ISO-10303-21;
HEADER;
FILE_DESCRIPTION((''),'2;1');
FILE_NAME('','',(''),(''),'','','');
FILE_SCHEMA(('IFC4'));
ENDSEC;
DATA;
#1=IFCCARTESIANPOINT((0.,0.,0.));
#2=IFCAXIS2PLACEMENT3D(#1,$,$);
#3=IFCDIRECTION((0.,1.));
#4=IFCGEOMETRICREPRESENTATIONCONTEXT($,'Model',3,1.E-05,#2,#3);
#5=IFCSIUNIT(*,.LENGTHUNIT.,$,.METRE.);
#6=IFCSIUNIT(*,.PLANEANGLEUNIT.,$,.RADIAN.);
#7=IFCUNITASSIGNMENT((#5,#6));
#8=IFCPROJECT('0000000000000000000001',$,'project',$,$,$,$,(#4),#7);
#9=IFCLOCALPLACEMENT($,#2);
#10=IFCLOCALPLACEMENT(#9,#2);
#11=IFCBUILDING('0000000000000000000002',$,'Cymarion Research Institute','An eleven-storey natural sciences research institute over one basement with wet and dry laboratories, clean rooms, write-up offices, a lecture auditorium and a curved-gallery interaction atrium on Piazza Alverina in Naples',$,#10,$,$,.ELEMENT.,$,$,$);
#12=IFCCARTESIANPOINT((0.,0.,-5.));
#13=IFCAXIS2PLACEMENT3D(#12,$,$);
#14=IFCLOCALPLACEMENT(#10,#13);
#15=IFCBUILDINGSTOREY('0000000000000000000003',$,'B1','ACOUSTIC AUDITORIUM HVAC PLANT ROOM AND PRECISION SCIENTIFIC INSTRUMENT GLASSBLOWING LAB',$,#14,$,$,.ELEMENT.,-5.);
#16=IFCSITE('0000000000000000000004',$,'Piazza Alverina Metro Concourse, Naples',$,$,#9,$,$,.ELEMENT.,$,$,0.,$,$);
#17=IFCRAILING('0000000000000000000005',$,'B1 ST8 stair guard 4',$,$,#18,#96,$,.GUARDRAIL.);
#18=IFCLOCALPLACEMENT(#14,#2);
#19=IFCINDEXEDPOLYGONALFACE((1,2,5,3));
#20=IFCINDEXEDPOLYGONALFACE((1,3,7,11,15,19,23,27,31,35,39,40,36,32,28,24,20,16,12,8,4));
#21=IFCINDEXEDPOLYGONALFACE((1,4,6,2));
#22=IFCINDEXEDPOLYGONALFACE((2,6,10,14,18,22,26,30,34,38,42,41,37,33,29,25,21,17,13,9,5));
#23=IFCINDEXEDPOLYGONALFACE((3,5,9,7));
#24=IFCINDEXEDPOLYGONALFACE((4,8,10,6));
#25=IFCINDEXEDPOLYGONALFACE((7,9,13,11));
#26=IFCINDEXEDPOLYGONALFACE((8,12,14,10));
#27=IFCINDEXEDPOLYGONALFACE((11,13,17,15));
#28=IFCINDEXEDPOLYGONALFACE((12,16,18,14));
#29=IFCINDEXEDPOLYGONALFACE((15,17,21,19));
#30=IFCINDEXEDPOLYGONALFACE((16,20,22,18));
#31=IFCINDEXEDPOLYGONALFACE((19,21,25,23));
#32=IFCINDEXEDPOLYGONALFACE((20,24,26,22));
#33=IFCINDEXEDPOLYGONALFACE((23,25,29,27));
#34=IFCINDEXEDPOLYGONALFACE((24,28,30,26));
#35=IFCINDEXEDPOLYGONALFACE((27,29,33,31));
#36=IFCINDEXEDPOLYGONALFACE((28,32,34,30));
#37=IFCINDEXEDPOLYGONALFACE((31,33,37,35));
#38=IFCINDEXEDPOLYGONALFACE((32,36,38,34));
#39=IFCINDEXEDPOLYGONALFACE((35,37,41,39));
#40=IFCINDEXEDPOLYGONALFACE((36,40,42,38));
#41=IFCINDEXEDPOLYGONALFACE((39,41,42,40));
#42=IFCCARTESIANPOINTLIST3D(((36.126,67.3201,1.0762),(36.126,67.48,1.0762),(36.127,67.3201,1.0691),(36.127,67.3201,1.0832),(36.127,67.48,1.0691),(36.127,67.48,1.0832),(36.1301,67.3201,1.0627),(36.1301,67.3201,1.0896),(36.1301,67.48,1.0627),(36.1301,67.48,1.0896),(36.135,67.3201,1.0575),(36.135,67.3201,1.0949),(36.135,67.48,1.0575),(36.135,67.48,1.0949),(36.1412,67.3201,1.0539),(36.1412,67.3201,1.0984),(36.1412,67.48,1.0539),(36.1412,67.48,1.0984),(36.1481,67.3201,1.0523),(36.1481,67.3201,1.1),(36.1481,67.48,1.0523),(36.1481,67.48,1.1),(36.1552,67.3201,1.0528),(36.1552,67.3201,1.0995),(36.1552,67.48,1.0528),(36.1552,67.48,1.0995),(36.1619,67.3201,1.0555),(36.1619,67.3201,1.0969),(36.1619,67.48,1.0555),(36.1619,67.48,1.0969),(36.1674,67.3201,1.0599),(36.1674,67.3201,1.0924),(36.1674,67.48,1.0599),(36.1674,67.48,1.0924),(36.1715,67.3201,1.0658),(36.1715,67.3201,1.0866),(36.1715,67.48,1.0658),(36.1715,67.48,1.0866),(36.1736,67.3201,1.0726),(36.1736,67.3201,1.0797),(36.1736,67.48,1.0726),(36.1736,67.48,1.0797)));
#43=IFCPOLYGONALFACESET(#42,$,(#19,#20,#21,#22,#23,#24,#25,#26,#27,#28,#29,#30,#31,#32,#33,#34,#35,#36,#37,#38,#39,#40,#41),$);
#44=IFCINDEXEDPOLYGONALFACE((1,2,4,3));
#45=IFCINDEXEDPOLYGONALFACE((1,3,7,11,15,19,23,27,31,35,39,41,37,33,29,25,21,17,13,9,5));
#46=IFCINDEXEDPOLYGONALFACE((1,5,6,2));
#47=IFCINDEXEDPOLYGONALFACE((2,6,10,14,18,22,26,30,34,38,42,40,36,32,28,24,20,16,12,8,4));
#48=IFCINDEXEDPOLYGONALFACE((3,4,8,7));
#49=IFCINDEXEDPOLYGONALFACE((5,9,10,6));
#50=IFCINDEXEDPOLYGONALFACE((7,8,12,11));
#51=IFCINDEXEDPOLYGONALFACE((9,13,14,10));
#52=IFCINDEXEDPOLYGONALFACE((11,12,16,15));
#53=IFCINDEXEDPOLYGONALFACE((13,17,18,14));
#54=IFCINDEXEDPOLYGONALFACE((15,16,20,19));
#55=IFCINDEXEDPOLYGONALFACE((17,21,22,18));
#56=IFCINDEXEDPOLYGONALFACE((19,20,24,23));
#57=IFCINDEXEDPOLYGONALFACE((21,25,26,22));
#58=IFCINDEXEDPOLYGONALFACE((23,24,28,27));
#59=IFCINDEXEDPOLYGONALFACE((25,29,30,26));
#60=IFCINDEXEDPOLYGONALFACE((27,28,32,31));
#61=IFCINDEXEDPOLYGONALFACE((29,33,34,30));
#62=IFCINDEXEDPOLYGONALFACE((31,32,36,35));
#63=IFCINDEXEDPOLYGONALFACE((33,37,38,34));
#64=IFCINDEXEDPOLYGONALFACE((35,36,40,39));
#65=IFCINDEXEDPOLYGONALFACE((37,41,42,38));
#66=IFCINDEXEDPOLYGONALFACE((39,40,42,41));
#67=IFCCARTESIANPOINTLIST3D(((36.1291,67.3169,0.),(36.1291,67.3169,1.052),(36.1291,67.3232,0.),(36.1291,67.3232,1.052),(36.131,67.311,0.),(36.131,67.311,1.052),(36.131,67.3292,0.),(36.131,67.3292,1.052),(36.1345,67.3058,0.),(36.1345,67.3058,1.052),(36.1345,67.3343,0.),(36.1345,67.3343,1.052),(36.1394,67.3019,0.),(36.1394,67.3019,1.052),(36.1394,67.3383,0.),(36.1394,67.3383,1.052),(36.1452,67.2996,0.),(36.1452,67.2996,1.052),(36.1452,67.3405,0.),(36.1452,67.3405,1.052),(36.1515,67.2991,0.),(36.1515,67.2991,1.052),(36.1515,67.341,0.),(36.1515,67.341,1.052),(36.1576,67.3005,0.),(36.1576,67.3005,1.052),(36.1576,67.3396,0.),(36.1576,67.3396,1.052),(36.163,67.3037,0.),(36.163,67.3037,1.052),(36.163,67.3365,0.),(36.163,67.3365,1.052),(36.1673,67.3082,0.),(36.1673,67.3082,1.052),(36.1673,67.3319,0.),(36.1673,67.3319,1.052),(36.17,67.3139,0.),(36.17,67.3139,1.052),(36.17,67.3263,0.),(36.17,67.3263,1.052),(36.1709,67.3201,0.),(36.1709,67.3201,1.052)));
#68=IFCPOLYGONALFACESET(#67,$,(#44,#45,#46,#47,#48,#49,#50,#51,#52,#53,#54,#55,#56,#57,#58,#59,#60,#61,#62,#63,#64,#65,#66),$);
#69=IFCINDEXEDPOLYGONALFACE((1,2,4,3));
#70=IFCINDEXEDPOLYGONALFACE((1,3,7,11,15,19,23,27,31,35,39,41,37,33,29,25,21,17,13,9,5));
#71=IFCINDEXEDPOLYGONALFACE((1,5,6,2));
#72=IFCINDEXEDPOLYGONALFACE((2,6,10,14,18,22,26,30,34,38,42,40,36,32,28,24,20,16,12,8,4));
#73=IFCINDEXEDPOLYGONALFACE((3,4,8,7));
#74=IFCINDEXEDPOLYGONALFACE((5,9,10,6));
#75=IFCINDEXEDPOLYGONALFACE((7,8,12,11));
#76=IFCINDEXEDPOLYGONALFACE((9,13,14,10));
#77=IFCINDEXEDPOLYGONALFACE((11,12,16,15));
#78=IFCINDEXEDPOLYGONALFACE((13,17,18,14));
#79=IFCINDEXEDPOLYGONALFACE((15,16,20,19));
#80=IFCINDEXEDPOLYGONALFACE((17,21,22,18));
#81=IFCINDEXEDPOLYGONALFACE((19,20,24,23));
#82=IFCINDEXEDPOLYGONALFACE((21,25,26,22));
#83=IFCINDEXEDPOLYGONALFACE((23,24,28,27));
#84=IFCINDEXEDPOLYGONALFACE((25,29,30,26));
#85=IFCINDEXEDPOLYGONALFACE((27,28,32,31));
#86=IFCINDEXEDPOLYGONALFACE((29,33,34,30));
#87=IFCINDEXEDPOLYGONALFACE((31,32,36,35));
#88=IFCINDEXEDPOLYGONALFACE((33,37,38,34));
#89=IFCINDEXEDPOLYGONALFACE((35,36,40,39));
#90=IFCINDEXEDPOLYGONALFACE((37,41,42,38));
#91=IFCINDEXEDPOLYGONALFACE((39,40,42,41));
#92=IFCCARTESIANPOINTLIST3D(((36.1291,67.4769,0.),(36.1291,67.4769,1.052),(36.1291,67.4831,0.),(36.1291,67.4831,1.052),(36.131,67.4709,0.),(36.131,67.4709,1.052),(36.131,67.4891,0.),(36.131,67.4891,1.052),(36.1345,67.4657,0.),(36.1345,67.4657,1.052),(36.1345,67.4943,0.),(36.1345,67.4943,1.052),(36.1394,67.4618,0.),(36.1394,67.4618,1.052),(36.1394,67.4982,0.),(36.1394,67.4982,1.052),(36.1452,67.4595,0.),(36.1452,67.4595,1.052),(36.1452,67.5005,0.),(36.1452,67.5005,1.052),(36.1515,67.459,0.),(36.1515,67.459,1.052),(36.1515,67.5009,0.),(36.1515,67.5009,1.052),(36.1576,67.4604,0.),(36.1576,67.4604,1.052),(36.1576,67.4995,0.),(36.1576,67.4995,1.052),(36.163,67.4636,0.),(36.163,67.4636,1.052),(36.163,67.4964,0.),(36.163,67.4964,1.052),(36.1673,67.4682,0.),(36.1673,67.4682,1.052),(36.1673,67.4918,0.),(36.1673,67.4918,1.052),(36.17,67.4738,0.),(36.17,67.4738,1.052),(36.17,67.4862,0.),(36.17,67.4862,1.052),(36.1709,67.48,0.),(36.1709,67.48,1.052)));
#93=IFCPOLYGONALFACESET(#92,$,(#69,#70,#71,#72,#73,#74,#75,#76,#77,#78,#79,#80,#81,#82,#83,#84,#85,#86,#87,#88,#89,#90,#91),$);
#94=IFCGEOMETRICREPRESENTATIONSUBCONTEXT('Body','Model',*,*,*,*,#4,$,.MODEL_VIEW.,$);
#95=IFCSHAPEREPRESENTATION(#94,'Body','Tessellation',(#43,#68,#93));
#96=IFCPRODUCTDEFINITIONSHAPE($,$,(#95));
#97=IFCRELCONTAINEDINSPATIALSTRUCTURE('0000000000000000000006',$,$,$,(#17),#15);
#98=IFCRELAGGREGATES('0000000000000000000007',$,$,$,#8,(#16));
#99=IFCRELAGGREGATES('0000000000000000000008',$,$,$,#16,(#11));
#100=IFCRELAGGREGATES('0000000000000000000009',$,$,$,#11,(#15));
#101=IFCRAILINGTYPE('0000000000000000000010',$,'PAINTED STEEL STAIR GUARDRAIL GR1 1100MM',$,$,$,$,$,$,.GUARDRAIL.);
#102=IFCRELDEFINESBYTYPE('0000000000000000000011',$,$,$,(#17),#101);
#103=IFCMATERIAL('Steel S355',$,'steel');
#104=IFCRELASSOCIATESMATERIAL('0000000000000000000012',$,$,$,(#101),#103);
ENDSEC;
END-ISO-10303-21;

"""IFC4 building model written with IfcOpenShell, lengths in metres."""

from ifc_helpers import new_model, si_unit, direction, frame, origin, origin_2d, place, context, subcontext, project, spatial, circle, extrude, material, type_object, element, save


model = new_model("IFC4")

# Units and contexts
model_context = context("Model", 3, precision=1e-05, world=origin(), true_north=direction((0.0, 1.0)))
body_context = subcontext(model_context, "Body", "Model", "MODEL_VIEW")
ifc_project = project(units=[si_unit("LENGTHUNIT", "METRE"), si_unit("PLANEANGLEUNIT", "RADIAN")], contexts=[model_context])

# Site, building, storey
site_placement = place(None, origin())
site = spatial("IfcSite", under=ifc_project, at=site_placement, Name="Piazza Alverina Metro Concourse, Naples", CompositionType="ELEMENT", RefElevation=0.0)
building_placement = place(site_placement, origin())
building = spatial("IfcBuilding", under=site, at=building_placement, Name="Cymarion Research Institute", Description="An eleven-storey natural sciences research institute over one basement with wet and dry laboratories, clean rooms, write-up offices, a lecture auditorium and a curved-gallery interaction atrium on Piazza Alverina in Naples", CompositionType="ELEMENT")
storey_placement = place(building_placement, frame((0.0, 0.0, -5.0)))
storey = spatial("IfcBuildingStorey", under=building, at=storey_placement, Name="B1", Description="ACOUSTIC AUDITORIUM HVAC PLANT ROOM AND PRECISION SCIENTIFIC INSTRUMENT GLASSBLOWING LAB", CompositionType="ELEMENT", Elevation=-5.0)

# Shared definitions
ifc_material_1 = material(Name="Steel S355", Category="steel")

# Railing
railing_type_1 = type_object("IfcRailingType", Name="PAINTED STEEL STAIR GUARDRAIL GR1 1100MM", PredefinedType="GUARDRAIL", material=ifc_material_1)
railing_1_placement = place(storey_placement, frame((36.1499, 67.3201, 0.0)))
element("IfcRailing", 1, at=railing_1_placement, inside=storey, type_object=railing_type_1, Name="B1 ST8 stair guard 4", PredefinedType="GUARDRAIL", context=body_context, shape_type="SweptSolid", body=[
    extrude(circle(Radius=0.0239, at=origin_2d()), frame((0.0, 0.0, 1.0762), z_axis=(0.0, 1.0, 0.0), x_axis=(-1.0, 0.0, 0.0)), (0.0, 0.0, 1.0), 0.1599),
    extrude(circle(Radius=0.021, at=origin_2d()), origin(), (0.0, 0.0, 1.0), 1.052),
    extrude(circle(Radius=0.021, at=origin_2d()), frame((0.0, 0.1599, 0.0)), (0.0, 0.0, 1.0), 1.052),
])

save(model, "model.ifc")
